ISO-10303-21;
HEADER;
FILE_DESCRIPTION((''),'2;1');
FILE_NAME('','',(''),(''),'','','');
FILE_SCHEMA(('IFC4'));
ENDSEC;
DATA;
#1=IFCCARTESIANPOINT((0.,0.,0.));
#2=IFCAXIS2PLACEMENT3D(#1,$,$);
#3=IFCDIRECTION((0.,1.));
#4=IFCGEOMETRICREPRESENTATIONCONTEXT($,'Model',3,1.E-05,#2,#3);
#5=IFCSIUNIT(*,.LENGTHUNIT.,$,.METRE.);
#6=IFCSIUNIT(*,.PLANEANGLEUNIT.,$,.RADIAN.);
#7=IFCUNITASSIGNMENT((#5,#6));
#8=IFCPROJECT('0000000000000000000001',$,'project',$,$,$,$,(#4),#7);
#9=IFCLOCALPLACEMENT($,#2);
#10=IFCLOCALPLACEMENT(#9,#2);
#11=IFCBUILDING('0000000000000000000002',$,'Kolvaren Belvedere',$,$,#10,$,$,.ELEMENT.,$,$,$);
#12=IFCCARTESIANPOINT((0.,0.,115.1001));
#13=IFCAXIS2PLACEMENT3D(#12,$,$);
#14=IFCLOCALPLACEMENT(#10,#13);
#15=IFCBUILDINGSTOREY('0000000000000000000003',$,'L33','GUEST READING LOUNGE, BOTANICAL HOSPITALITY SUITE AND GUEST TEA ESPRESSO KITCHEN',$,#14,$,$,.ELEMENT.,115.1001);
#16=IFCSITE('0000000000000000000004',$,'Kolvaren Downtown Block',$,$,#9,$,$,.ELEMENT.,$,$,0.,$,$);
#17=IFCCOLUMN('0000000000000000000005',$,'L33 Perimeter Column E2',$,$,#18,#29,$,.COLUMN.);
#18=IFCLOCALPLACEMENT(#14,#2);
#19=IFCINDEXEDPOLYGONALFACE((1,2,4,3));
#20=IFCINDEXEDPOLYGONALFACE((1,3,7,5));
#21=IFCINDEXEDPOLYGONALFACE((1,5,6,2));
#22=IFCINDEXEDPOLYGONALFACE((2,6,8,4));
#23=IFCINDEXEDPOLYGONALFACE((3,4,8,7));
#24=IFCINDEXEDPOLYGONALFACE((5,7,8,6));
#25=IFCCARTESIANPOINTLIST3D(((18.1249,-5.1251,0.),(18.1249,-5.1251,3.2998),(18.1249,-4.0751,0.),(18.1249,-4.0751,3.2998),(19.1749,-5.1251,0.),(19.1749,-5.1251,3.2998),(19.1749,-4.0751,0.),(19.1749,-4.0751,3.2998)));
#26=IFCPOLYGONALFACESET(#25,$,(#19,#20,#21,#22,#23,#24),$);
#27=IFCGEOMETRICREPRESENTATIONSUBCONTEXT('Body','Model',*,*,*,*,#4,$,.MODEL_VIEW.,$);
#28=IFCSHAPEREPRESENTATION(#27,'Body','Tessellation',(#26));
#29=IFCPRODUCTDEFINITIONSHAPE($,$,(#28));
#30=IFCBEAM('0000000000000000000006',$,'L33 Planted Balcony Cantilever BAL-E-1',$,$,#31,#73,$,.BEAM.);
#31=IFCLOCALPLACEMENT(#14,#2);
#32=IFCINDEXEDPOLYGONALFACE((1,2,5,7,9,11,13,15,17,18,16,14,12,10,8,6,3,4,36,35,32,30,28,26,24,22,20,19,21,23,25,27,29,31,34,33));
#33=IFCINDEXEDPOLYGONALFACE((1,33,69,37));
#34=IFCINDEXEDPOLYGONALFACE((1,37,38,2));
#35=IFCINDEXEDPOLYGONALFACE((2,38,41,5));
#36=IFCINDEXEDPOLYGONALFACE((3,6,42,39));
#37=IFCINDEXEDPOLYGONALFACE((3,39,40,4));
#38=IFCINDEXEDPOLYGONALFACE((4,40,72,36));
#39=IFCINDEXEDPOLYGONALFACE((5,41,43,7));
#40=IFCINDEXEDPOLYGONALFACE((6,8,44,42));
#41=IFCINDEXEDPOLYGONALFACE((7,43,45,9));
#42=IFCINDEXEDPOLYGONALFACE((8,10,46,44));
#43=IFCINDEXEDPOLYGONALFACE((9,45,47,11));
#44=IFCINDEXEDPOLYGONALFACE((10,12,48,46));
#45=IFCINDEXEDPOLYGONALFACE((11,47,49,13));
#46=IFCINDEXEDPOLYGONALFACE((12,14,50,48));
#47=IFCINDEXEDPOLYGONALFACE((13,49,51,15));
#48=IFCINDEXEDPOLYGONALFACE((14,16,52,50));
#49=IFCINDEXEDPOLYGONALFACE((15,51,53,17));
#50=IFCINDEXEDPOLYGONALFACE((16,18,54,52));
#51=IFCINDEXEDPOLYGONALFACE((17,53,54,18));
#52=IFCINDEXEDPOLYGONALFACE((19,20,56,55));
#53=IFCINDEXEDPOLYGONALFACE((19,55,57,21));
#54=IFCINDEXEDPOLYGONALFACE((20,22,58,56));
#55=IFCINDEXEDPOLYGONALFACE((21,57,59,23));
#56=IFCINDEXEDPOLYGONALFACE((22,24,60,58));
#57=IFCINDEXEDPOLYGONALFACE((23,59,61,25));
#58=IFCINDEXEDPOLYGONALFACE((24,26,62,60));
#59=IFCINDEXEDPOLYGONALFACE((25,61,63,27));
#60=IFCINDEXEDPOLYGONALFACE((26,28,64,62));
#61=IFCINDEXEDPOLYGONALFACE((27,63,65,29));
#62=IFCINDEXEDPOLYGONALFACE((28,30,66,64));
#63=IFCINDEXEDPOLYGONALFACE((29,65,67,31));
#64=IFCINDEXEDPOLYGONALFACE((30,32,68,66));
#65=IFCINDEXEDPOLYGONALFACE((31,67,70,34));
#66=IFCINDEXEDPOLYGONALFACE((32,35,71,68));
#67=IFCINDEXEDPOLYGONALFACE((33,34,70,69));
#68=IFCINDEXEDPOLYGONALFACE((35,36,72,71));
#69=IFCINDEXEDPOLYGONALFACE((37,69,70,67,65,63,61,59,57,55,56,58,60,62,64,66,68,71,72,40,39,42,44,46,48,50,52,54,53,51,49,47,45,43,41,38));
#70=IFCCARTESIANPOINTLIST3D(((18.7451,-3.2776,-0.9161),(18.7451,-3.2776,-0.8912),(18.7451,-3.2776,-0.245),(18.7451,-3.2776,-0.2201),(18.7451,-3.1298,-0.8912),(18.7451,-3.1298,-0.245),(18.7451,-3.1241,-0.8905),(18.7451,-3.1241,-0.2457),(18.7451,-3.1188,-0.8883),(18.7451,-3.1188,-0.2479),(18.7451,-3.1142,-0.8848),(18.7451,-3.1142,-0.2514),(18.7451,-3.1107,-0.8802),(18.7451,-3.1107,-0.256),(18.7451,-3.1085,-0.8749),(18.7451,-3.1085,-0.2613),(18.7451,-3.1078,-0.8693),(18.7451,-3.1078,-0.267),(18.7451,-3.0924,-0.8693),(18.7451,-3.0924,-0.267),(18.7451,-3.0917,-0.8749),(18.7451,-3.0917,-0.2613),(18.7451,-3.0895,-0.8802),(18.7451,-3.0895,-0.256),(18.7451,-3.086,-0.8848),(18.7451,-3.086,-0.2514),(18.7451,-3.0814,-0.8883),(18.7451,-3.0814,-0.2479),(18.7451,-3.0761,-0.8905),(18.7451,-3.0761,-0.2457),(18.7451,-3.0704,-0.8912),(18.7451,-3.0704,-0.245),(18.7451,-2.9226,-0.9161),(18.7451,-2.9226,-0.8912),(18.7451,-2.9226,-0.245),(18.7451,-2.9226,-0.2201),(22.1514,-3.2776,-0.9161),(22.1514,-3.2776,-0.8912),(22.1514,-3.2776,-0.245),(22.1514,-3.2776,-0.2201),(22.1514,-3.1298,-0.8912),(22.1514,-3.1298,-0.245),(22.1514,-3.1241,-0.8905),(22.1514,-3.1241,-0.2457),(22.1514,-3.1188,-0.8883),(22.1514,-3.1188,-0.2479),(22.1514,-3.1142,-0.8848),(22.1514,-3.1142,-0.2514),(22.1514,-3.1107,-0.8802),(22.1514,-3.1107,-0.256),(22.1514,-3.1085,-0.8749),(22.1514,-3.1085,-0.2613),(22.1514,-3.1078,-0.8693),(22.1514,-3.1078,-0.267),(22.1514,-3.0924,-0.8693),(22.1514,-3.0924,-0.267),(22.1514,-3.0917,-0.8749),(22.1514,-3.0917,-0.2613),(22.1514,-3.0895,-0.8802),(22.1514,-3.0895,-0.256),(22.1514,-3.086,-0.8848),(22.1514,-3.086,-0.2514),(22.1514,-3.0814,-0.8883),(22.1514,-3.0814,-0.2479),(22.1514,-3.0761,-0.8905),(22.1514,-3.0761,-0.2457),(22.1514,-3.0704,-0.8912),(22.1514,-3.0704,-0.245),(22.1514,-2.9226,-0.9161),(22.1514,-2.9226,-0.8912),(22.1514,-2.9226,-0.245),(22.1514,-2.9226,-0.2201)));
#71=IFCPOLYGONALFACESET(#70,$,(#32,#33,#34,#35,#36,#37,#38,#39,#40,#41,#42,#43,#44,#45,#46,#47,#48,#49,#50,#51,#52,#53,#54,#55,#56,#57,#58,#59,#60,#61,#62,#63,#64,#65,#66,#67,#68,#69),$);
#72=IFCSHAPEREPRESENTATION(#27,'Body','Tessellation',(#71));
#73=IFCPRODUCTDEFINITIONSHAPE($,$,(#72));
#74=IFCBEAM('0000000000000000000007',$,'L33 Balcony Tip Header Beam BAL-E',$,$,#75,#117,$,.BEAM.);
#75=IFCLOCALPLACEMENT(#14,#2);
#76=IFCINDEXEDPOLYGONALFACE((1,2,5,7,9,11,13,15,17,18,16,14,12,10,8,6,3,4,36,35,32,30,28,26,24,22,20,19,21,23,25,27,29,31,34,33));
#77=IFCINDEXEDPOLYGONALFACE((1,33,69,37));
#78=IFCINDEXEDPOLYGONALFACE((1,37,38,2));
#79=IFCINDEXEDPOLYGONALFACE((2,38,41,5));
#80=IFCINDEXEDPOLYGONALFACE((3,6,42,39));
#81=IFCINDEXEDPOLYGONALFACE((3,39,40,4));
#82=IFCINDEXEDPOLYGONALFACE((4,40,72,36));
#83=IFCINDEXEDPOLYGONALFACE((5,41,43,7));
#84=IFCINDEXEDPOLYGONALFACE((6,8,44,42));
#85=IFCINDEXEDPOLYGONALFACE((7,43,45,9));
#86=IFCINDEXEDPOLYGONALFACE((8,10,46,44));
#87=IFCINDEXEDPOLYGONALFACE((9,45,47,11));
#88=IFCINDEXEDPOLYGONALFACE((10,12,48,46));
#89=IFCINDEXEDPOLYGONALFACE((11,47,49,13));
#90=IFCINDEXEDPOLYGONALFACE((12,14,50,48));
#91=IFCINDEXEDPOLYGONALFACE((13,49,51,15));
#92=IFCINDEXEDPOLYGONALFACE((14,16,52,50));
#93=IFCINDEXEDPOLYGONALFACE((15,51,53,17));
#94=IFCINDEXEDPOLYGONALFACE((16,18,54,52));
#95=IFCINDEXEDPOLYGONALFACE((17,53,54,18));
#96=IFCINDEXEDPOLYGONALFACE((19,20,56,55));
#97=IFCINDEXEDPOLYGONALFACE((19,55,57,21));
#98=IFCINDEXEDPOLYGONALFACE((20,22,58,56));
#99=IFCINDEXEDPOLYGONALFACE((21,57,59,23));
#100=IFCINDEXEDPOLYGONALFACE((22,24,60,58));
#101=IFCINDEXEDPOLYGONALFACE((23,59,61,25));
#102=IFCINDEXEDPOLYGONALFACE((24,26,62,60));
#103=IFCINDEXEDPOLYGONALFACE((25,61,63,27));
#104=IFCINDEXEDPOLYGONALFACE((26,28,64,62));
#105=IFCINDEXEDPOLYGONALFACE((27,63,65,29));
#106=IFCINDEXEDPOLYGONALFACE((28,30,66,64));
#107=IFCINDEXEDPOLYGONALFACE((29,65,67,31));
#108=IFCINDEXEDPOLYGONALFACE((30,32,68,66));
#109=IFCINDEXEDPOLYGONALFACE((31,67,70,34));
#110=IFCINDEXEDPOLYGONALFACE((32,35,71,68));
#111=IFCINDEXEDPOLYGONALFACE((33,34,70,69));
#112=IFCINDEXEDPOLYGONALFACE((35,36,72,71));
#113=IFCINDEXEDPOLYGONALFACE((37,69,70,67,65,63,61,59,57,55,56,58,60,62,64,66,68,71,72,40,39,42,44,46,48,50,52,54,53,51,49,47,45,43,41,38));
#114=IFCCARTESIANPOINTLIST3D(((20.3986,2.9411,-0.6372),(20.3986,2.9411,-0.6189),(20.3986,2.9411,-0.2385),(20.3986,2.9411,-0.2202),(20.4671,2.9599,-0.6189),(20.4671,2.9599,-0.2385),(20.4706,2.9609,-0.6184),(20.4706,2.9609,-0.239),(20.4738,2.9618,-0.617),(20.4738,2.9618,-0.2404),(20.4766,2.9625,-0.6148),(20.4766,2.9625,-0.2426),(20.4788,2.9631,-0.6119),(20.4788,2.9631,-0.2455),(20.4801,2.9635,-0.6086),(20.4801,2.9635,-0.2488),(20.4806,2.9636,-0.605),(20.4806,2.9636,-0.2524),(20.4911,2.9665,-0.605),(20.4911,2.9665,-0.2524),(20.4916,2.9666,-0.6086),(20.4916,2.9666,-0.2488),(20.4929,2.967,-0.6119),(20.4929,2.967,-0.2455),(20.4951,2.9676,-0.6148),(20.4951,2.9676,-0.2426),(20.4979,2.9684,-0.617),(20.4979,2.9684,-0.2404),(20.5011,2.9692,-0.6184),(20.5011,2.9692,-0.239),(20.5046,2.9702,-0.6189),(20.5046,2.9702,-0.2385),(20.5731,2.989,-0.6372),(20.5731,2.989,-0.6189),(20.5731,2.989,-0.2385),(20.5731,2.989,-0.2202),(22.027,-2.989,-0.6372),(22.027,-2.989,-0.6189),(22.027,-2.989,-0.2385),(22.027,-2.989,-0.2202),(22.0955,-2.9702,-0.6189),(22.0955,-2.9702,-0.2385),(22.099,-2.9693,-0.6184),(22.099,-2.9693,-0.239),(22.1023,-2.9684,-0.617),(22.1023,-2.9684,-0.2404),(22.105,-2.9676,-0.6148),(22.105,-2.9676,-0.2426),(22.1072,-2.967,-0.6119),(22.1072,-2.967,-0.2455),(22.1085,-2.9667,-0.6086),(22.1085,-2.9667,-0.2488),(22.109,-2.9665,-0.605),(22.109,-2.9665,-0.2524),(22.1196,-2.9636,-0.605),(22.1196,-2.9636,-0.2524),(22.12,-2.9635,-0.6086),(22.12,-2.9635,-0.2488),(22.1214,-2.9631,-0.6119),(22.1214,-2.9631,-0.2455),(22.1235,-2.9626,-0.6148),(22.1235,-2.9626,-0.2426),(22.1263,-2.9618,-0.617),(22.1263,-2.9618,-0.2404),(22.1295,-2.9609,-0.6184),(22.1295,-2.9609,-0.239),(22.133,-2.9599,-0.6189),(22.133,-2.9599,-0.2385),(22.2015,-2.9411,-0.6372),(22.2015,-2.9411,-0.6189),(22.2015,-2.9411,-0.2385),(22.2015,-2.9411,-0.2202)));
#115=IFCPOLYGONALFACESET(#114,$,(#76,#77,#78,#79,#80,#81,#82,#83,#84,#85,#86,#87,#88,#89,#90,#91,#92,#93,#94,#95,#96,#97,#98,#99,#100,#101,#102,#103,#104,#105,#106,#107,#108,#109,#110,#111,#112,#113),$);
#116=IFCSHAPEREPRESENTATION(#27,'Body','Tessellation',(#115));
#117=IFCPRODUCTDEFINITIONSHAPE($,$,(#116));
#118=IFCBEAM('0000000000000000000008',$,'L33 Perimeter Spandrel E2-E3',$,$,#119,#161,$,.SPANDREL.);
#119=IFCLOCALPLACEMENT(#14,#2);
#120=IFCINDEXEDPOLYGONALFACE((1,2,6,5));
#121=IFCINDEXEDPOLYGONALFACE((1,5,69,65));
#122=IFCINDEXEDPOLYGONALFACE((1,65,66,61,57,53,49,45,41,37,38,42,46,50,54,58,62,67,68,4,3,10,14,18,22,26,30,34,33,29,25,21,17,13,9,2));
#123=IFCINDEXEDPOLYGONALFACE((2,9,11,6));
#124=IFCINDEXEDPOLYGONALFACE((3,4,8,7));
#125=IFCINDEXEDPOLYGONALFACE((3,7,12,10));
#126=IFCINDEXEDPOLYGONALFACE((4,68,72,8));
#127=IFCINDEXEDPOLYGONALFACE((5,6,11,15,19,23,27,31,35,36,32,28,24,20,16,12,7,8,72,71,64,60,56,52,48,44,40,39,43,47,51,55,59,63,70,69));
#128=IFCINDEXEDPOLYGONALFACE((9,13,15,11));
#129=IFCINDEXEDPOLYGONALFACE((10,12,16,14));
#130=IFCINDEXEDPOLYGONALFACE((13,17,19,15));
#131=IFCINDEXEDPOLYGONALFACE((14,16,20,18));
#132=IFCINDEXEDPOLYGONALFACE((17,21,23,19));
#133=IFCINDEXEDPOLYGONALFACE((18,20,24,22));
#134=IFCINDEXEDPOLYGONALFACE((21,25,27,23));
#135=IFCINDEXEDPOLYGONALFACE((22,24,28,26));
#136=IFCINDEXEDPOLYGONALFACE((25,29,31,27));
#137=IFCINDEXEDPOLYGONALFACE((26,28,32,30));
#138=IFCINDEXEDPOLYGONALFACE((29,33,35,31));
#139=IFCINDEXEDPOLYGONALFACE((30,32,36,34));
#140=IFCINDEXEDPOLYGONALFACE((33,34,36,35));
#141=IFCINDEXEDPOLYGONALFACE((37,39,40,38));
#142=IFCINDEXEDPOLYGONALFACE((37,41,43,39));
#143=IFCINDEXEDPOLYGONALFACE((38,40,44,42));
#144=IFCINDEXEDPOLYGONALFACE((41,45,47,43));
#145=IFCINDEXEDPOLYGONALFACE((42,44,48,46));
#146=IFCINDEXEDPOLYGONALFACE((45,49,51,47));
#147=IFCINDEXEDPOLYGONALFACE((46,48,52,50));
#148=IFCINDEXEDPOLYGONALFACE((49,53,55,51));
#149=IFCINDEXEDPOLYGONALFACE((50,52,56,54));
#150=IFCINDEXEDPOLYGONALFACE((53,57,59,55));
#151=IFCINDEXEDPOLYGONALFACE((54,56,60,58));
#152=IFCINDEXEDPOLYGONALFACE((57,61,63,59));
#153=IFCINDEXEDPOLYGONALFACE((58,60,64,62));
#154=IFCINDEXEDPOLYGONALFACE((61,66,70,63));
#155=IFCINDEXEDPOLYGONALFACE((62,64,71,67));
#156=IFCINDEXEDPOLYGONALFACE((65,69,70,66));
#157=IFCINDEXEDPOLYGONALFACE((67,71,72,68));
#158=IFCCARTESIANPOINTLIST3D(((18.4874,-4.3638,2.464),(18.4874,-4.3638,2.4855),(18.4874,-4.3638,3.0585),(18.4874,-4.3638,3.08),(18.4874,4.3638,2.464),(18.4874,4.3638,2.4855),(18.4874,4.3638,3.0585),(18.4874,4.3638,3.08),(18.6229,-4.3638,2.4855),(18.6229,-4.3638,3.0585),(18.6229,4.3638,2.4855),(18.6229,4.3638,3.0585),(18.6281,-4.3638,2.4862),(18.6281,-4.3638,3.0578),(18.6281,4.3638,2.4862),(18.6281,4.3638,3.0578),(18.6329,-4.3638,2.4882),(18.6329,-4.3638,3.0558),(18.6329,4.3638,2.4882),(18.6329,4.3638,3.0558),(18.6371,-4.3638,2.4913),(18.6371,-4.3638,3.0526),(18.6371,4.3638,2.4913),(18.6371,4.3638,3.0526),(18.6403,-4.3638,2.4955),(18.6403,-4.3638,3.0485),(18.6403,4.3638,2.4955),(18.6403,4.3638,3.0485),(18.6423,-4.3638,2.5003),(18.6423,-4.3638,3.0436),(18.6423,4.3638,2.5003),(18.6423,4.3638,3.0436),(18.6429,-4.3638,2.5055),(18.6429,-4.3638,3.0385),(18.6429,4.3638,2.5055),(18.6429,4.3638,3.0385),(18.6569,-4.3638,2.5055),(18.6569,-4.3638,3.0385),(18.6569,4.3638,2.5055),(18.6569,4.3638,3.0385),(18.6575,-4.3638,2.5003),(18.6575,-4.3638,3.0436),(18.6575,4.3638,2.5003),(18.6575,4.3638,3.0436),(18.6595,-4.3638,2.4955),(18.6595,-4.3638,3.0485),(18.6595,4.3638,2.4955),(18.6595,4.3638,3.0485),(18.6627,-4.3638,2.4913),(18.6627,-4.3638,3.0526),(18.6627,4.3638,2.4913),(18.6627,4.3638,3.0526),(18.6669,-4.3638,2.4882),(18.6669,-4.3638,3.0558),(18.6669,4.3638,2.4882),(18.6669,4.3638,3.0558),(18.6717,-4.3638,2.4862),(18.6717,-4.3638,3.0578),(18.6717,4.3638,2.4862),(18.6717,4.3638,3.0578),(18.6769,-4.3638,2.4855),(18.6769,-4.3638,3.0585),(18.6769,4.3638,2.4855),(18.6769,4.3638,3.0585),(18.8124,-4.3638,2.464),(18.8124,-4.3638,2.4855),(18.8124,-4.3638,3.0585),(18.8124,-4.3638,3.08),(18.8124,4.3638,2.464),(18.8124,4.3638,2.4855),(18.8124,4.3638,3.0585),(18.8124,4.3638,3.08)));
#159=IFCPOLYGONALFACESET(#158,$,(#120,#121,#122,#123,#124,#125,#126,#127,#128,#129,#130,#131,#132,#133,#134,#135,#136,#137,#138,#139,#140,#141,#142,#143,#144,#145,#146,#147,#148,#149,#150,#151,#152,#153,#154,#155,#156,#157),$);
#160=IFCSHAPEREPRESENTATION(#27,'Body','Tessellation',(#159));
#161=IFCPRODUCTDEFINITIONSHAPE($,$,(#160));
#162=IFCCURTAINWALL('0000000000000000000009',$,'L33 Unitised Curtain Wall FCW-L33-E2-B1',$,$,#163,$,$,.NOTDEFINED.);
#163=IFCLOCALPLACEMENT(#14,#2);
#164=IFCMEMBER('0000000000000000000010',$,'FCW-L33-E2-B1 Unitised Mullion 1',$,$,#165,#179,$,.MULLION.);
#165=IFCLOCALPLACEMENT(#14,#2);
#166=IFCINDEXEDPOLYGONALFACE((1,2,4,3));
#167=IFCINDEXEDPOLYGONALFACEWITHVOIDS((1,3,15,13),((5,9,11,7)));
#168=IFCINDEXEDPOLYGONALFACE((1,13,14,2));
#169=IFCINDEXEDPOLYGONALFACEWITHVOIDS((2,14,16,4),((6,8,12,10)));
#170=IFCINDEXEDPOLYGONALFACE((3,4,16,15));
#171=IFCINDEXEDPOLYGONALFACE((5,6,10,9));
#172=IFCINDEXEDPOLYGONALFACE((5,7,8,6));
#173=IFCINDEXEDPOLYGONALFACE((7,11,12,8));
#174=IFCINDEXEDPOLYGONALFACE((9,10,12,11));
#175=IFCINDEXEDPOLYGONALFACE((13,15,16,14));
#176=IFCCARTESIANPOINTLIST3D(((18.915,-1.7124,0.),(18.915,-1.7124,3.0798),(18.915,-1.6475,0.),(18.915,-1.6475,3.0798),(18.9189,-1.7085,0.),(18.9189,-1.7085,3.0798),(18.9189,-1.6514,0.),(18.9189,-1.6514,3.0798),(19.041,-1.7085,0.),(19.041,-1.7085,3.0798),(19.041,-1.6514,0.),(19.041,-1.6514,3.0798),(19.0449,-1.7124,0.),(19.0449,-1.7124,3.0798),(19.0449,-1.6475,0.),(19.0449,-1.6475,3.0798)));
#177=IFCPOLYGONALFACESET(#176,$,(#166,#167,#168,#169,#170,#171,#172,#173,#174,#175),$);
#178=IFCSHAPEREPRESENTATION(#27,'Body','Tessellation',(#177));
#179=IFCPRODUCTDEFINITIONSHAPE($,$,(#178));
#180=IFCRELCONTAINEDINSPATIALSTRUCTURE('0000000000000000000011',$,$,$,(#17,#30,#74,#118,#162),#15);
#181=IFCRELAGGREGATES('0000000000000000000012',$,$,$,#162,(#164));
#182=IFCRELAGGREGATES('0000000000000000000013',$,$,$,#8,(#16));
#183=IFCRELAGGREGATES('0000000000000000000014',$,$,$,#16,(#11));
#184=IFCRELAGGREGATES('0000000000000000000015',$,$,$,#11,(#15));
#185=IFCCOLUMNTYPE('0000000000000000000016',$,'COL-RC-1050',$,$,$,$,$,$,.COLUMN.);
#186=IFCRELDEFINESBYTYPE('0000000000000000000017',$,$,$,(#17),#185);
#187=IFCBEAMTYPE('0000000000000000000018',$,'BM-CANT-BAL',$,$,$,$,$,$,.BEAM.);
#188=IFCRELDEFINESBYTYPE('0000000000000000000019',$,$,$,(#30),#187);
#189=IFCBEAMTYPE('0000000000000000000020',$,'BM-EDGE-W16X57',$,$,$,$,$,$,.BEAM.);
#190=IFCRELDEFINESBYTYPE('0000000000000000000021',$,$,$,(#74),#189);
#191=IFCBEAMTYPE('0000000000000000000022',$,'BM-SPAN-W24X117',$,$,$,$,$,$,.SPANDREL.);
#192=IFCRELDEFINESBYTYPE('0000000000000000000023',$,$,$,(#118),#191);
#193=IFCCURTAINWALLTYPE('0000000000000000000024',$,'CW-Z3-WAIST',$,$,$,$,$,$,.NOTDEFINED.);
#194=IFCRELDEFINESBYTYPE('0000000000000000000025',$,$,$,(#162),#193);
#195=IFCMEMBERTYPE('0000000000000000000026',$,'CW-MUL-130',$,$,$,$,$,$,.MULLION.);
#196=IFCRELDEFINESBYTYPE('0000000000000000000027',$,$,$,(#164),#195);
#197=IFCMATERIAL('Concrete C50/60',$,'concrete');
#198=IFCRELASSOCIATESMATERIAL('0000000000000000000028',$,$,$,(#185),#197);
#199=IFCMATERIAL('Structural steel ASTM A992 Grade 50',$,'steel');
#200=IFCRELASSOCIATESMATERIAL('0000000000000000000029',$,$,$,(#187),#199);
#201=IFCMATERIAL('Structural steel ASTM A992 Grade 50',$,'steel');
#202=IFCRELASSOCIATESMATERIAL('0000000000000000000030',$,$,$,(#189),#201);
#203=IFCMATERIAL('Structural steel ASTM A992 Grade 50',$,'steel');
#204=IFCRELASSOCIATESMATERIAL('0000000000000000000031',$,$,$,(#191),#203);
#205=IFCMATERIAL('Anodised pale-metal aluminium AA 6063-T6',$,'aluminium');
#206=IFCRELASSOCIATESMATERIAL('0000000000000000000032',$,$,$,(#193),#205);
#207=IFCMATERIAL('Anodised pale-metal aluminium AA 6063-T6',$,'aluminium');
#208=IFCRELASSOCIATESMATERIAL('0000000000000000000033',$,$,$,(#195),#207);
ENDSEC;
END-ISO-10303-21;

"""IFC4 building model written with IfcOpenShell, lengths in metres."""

from ifc_helpers import new_model, si_unit, direction, frame, origin, origin_2d, place, context, subcontext, project, spatial, rectangle, hollow_rectangle, i_section, extrude, material, material_profile, profile_set, type_object, element, aggregate, save


model = new_model("IFC4")

# Units and contexts
model_context = context("Model", 3, precision=1e-05, world=origin(), true_north=direction((0.0, 1.0)))
body_context = subcontext(model_context, "Body", "Model", "MODEL_VIEW")
ifc_project = project(units=[si_unit("LENGTHUNIT", "METRE"), si_unit("PLANEANGLEUNIT", "RADIAN")], contexts=[model_context])

# Site, building, storey
site_placement = place(None, origin())
site = spatial("IfcSite", under=ifc_project, at=site_placement, Name="Kolvaren Downtown Block", CompositionType="ELEMENT", RefElevation=0.0)
building_placement = place(site_placement, origin())
building = spatial("IfcBuilding", under=site, at=building_placement, Name="Kolvaren Belvedere", CompositionType="ELEMENT")
storey_placement = place(building_placement, frame((0.0, 0.0, 115.1001)))
storey = spatial("IfcBuildingStorey", under=building, at=storey_placement, Name="L33", Description="GUEST READING LOUNGE, BOTANICAL HOSPITALITY SUITE AND GUEST TEA ESPRESSO KITCHEN", CompositionType="ELEMENT", Elevation=115.1001)

# Column
ifc_material_1 = material(Name="Concrete C50/60", Category="concrete")
ifc_material_profile_1 = material_profile(ifc_material_1, rectangle(XDim=1.05, YDim=1.05, at=origin_2d()), Name="RC 1050X1050")
ifc_profile_set_1 = profile_set([ifc_material_profile_1], Name="Concrete C50/60")
column_type = type_object("IfcColumnType", Name="COL-RC-1050", PredefinedType="COLUMN", material=ifc_profile_set_1)
column_placement = place(storey_placement, frame((18.6499, -4.6001, 0.0), z_axis=(0.0, 0.0, 1.0), x_axis=(1.0, 0.0, 0.0)))
element("IfcColumn", 1, at=column_placement, inside=storey, type_object=column_type, Name="L33 Perimeter Column E2", PredefinedType="COLUMN", context=body_context, shape_type="SweptSolid", body=[
    extrude(rectangle(XDim=1.05, YDim=1.05, at=origin_2d()), origin(), (0.0, 0.0, 1.0), 3.2998),
])

# Beams
ifc_material_2 = material(Name="Structural steel ASTM A992 Grade 50", Category="steel")
ifc_material_profile_2 = material_profile(ifc_material_2, i_section(OverallWidth=0.355, OverallDepth=0.696, WebThickness=0.0154, FlangeThickness=0.0249, FilletRadius=0.022, at=origin_2d()), Name="W27X146")
ifc_profile_set_2 = profile_set([ifc_material_profile_2], Name="Structural steel ASTM A992 Grade 50")
beam_type_1 = type_object("IfcBeamType", Name="BM-CANT-BAL", PredefinedType="BEAM", material=ifc_profile_set_2)
beam_1_placement = place(storey_placement, frame((18.7451, -3.1001, -0.5681), z_axis=(1.0, 0.0, 0.0), x_axis=(0.0, 1.0, 0.0)))
element("IfcBeam", 2, at=beam_1_placement, inside=storey, type_object=beam_type_1, Name="L33 Planted Balcony Cantilever BAL-E-1", PredefinedType="BEAM", context=body_context, shape_type="SweptSolid", body=[
    extrude(i_section(OverallWidth=0.355, OverallDepth=0.696, WebThickness=0.0154, FlangeThickness=0.0249, FilletRadius=0.022, at=origin_2d()), origin(), (0.0, 0.0, 1.0), 3.4062),
])
ifc_material_3 = material(Name="Structural steel ASTM A992 Grade 50", Category="steel")
ifc_material_profile_3 = material_profile(ifc_material_3, i_section(OverallWidth=0.1809, OverallDepth=0.417, WebThickness=0.011, FlangeThickness=0.0183, FilletRadius=0.0139, at=origin_2d()), Name="W16X57")
ifc_profile_set_3 = profile_set([ifc_material_profile_3], Name="Structural steel ASTM A992 Grade 50")
beam_type_2 = type_object("IfcBeamType", Name="BM-EDGE-W16X57", PredefinedType="BEAM", material=ifc_profile_set_3)
beam_2_placement = place(storey_placement, frame((22.1143, -2.9651, -0.4287), z_axis=(-0.264797, 0.964304, 0.0), x_axis=(-0.964304, -0.264797, 0.0)))
element("IfcBeam", 3, at=beam_2_placement, inside=storey, type_object=beam_type_2, Name="L33 Balcony Tip Header Beam BAL-E", PredefinedType="BEAM", context=body_context, shape_type="SweptSolid", body=[
    extrude(i_section(OverallWidth=0.1809, OverallDepth=0.417, WebThickness=0.011, FlangeThickness=0.0183, FilletRadius=0.0139, at=origin_2d()), origin(), (0.0, 0.0, 1.0), 6.1497),
])
ifc_material_4 = material(Name="Structural steel ASTM A992 Grade 50", Category="steel")
ifc_material_profile_4 = material_profile(ifc_material_4, i_section(OverallWidth=0.325, OverallDepth=0.616, WebThickness=0.0139, FlangeThickness=0.0215, FilletRadius=0.02, at=origin_2d()), Name="W24X117")
ifc_profile_set_4 = profile_set([ifc_material_profile_4], Name="Structural steel ASTM A992 Grade 50")
beam_type_3 = type_object("IfcBeamType", Name="BM-SPAN-W24X117", PredefinedType="SPANDREL", material=ifc_profile_set_4)
beam_3_placement = place(storey_placement, frame((18.6499, -4.3638, 2.772), z_axis=(0.0, 1.0, 0.0), x_axis=(-1.0, 0.0, 0.0)))
element("IfcBeam", 4, at=beam_3_placement, inside=storey, type_object=beam_type_3, Name="L33 Perimeter Spandrel E2-E3", PredefinedType="SPANDREL", context=body_context, shape_type="SweptSolid", body=[
    extrude(i_section(OverallWidth=0.325, OverallDepth=0.616, WebThickness=0.0139, FlangeThickness=0.0215, FilletRadius=0.02, at=origin_2d()), origin(), (0.0, 0.0, 1.0), 8.7275),
])

# Curtain wall, member
ifc_material_5 = material(Name="Anodised pale-metal aluminium AA 6063-T6", Category="aluminium")
curtain_wall_type = type_object("IfcCurtainWallType", Name="CW-Z3-WAIST", PredefinedType="NOTDEFINED", material=ifc_material_5)
curtain_wall_placement = place(storey_placement, origin())
curtain_wall = element("IfcCurtainWall", 5, at=curtain_wall_placement, inside=storey, type_object=curtain_wall_type, Name="L33 Unitised Curtain Wall FCW-L33-E2-B1", PredefinedType="NOTDEFINED")
ifc_material_6 = material(Name="Anodised pale-metal aluminium AA 6063-T6", Category="aluminium")
ifc_material_profile_5 = material_profile(ifc_material_6, hollow_rectangle(XDim=0.0649, YDim=0.1299, WallThickness=0.0039, at=origin_2d()), Name="ALU-MUL-130X65")
ifc_profile_set_5 = profile_set([ifc_material_profile_5], Name="Anodised pale-metal aluminium AA 6063-T6")
member_type_1 = type_object("IfcMemberType", Name="CW-MUL-130", PredefinedType="MULLION", material=ifc_profile_set_5)
member_1_placement = place(storey_placement, frame((18.98, -1.6799, 0.0), z_axis=(0.0, 0.0, 1.0), x_axis=(0.0, 1.0, 0.0)))
member_1 = element("IfcMember", 6, at=member_1_placement, type_object=member_type_1, Name="FCW-L33-E2-B1 Unitised Mullion 1", PredefinedType="MULLION", context=body_context, shape_type="SweptSolid", body=[
    extrude(hollow_rectangle(XDim=0.0649, YDim=0.1299, WallThickness=0.0039, at=origin_2d()), origin(), (0.0, 0.0, 1.0), 3.0798),
])

aggregate(curtain_wall, [member_1])

save(model, "model.ifc")
